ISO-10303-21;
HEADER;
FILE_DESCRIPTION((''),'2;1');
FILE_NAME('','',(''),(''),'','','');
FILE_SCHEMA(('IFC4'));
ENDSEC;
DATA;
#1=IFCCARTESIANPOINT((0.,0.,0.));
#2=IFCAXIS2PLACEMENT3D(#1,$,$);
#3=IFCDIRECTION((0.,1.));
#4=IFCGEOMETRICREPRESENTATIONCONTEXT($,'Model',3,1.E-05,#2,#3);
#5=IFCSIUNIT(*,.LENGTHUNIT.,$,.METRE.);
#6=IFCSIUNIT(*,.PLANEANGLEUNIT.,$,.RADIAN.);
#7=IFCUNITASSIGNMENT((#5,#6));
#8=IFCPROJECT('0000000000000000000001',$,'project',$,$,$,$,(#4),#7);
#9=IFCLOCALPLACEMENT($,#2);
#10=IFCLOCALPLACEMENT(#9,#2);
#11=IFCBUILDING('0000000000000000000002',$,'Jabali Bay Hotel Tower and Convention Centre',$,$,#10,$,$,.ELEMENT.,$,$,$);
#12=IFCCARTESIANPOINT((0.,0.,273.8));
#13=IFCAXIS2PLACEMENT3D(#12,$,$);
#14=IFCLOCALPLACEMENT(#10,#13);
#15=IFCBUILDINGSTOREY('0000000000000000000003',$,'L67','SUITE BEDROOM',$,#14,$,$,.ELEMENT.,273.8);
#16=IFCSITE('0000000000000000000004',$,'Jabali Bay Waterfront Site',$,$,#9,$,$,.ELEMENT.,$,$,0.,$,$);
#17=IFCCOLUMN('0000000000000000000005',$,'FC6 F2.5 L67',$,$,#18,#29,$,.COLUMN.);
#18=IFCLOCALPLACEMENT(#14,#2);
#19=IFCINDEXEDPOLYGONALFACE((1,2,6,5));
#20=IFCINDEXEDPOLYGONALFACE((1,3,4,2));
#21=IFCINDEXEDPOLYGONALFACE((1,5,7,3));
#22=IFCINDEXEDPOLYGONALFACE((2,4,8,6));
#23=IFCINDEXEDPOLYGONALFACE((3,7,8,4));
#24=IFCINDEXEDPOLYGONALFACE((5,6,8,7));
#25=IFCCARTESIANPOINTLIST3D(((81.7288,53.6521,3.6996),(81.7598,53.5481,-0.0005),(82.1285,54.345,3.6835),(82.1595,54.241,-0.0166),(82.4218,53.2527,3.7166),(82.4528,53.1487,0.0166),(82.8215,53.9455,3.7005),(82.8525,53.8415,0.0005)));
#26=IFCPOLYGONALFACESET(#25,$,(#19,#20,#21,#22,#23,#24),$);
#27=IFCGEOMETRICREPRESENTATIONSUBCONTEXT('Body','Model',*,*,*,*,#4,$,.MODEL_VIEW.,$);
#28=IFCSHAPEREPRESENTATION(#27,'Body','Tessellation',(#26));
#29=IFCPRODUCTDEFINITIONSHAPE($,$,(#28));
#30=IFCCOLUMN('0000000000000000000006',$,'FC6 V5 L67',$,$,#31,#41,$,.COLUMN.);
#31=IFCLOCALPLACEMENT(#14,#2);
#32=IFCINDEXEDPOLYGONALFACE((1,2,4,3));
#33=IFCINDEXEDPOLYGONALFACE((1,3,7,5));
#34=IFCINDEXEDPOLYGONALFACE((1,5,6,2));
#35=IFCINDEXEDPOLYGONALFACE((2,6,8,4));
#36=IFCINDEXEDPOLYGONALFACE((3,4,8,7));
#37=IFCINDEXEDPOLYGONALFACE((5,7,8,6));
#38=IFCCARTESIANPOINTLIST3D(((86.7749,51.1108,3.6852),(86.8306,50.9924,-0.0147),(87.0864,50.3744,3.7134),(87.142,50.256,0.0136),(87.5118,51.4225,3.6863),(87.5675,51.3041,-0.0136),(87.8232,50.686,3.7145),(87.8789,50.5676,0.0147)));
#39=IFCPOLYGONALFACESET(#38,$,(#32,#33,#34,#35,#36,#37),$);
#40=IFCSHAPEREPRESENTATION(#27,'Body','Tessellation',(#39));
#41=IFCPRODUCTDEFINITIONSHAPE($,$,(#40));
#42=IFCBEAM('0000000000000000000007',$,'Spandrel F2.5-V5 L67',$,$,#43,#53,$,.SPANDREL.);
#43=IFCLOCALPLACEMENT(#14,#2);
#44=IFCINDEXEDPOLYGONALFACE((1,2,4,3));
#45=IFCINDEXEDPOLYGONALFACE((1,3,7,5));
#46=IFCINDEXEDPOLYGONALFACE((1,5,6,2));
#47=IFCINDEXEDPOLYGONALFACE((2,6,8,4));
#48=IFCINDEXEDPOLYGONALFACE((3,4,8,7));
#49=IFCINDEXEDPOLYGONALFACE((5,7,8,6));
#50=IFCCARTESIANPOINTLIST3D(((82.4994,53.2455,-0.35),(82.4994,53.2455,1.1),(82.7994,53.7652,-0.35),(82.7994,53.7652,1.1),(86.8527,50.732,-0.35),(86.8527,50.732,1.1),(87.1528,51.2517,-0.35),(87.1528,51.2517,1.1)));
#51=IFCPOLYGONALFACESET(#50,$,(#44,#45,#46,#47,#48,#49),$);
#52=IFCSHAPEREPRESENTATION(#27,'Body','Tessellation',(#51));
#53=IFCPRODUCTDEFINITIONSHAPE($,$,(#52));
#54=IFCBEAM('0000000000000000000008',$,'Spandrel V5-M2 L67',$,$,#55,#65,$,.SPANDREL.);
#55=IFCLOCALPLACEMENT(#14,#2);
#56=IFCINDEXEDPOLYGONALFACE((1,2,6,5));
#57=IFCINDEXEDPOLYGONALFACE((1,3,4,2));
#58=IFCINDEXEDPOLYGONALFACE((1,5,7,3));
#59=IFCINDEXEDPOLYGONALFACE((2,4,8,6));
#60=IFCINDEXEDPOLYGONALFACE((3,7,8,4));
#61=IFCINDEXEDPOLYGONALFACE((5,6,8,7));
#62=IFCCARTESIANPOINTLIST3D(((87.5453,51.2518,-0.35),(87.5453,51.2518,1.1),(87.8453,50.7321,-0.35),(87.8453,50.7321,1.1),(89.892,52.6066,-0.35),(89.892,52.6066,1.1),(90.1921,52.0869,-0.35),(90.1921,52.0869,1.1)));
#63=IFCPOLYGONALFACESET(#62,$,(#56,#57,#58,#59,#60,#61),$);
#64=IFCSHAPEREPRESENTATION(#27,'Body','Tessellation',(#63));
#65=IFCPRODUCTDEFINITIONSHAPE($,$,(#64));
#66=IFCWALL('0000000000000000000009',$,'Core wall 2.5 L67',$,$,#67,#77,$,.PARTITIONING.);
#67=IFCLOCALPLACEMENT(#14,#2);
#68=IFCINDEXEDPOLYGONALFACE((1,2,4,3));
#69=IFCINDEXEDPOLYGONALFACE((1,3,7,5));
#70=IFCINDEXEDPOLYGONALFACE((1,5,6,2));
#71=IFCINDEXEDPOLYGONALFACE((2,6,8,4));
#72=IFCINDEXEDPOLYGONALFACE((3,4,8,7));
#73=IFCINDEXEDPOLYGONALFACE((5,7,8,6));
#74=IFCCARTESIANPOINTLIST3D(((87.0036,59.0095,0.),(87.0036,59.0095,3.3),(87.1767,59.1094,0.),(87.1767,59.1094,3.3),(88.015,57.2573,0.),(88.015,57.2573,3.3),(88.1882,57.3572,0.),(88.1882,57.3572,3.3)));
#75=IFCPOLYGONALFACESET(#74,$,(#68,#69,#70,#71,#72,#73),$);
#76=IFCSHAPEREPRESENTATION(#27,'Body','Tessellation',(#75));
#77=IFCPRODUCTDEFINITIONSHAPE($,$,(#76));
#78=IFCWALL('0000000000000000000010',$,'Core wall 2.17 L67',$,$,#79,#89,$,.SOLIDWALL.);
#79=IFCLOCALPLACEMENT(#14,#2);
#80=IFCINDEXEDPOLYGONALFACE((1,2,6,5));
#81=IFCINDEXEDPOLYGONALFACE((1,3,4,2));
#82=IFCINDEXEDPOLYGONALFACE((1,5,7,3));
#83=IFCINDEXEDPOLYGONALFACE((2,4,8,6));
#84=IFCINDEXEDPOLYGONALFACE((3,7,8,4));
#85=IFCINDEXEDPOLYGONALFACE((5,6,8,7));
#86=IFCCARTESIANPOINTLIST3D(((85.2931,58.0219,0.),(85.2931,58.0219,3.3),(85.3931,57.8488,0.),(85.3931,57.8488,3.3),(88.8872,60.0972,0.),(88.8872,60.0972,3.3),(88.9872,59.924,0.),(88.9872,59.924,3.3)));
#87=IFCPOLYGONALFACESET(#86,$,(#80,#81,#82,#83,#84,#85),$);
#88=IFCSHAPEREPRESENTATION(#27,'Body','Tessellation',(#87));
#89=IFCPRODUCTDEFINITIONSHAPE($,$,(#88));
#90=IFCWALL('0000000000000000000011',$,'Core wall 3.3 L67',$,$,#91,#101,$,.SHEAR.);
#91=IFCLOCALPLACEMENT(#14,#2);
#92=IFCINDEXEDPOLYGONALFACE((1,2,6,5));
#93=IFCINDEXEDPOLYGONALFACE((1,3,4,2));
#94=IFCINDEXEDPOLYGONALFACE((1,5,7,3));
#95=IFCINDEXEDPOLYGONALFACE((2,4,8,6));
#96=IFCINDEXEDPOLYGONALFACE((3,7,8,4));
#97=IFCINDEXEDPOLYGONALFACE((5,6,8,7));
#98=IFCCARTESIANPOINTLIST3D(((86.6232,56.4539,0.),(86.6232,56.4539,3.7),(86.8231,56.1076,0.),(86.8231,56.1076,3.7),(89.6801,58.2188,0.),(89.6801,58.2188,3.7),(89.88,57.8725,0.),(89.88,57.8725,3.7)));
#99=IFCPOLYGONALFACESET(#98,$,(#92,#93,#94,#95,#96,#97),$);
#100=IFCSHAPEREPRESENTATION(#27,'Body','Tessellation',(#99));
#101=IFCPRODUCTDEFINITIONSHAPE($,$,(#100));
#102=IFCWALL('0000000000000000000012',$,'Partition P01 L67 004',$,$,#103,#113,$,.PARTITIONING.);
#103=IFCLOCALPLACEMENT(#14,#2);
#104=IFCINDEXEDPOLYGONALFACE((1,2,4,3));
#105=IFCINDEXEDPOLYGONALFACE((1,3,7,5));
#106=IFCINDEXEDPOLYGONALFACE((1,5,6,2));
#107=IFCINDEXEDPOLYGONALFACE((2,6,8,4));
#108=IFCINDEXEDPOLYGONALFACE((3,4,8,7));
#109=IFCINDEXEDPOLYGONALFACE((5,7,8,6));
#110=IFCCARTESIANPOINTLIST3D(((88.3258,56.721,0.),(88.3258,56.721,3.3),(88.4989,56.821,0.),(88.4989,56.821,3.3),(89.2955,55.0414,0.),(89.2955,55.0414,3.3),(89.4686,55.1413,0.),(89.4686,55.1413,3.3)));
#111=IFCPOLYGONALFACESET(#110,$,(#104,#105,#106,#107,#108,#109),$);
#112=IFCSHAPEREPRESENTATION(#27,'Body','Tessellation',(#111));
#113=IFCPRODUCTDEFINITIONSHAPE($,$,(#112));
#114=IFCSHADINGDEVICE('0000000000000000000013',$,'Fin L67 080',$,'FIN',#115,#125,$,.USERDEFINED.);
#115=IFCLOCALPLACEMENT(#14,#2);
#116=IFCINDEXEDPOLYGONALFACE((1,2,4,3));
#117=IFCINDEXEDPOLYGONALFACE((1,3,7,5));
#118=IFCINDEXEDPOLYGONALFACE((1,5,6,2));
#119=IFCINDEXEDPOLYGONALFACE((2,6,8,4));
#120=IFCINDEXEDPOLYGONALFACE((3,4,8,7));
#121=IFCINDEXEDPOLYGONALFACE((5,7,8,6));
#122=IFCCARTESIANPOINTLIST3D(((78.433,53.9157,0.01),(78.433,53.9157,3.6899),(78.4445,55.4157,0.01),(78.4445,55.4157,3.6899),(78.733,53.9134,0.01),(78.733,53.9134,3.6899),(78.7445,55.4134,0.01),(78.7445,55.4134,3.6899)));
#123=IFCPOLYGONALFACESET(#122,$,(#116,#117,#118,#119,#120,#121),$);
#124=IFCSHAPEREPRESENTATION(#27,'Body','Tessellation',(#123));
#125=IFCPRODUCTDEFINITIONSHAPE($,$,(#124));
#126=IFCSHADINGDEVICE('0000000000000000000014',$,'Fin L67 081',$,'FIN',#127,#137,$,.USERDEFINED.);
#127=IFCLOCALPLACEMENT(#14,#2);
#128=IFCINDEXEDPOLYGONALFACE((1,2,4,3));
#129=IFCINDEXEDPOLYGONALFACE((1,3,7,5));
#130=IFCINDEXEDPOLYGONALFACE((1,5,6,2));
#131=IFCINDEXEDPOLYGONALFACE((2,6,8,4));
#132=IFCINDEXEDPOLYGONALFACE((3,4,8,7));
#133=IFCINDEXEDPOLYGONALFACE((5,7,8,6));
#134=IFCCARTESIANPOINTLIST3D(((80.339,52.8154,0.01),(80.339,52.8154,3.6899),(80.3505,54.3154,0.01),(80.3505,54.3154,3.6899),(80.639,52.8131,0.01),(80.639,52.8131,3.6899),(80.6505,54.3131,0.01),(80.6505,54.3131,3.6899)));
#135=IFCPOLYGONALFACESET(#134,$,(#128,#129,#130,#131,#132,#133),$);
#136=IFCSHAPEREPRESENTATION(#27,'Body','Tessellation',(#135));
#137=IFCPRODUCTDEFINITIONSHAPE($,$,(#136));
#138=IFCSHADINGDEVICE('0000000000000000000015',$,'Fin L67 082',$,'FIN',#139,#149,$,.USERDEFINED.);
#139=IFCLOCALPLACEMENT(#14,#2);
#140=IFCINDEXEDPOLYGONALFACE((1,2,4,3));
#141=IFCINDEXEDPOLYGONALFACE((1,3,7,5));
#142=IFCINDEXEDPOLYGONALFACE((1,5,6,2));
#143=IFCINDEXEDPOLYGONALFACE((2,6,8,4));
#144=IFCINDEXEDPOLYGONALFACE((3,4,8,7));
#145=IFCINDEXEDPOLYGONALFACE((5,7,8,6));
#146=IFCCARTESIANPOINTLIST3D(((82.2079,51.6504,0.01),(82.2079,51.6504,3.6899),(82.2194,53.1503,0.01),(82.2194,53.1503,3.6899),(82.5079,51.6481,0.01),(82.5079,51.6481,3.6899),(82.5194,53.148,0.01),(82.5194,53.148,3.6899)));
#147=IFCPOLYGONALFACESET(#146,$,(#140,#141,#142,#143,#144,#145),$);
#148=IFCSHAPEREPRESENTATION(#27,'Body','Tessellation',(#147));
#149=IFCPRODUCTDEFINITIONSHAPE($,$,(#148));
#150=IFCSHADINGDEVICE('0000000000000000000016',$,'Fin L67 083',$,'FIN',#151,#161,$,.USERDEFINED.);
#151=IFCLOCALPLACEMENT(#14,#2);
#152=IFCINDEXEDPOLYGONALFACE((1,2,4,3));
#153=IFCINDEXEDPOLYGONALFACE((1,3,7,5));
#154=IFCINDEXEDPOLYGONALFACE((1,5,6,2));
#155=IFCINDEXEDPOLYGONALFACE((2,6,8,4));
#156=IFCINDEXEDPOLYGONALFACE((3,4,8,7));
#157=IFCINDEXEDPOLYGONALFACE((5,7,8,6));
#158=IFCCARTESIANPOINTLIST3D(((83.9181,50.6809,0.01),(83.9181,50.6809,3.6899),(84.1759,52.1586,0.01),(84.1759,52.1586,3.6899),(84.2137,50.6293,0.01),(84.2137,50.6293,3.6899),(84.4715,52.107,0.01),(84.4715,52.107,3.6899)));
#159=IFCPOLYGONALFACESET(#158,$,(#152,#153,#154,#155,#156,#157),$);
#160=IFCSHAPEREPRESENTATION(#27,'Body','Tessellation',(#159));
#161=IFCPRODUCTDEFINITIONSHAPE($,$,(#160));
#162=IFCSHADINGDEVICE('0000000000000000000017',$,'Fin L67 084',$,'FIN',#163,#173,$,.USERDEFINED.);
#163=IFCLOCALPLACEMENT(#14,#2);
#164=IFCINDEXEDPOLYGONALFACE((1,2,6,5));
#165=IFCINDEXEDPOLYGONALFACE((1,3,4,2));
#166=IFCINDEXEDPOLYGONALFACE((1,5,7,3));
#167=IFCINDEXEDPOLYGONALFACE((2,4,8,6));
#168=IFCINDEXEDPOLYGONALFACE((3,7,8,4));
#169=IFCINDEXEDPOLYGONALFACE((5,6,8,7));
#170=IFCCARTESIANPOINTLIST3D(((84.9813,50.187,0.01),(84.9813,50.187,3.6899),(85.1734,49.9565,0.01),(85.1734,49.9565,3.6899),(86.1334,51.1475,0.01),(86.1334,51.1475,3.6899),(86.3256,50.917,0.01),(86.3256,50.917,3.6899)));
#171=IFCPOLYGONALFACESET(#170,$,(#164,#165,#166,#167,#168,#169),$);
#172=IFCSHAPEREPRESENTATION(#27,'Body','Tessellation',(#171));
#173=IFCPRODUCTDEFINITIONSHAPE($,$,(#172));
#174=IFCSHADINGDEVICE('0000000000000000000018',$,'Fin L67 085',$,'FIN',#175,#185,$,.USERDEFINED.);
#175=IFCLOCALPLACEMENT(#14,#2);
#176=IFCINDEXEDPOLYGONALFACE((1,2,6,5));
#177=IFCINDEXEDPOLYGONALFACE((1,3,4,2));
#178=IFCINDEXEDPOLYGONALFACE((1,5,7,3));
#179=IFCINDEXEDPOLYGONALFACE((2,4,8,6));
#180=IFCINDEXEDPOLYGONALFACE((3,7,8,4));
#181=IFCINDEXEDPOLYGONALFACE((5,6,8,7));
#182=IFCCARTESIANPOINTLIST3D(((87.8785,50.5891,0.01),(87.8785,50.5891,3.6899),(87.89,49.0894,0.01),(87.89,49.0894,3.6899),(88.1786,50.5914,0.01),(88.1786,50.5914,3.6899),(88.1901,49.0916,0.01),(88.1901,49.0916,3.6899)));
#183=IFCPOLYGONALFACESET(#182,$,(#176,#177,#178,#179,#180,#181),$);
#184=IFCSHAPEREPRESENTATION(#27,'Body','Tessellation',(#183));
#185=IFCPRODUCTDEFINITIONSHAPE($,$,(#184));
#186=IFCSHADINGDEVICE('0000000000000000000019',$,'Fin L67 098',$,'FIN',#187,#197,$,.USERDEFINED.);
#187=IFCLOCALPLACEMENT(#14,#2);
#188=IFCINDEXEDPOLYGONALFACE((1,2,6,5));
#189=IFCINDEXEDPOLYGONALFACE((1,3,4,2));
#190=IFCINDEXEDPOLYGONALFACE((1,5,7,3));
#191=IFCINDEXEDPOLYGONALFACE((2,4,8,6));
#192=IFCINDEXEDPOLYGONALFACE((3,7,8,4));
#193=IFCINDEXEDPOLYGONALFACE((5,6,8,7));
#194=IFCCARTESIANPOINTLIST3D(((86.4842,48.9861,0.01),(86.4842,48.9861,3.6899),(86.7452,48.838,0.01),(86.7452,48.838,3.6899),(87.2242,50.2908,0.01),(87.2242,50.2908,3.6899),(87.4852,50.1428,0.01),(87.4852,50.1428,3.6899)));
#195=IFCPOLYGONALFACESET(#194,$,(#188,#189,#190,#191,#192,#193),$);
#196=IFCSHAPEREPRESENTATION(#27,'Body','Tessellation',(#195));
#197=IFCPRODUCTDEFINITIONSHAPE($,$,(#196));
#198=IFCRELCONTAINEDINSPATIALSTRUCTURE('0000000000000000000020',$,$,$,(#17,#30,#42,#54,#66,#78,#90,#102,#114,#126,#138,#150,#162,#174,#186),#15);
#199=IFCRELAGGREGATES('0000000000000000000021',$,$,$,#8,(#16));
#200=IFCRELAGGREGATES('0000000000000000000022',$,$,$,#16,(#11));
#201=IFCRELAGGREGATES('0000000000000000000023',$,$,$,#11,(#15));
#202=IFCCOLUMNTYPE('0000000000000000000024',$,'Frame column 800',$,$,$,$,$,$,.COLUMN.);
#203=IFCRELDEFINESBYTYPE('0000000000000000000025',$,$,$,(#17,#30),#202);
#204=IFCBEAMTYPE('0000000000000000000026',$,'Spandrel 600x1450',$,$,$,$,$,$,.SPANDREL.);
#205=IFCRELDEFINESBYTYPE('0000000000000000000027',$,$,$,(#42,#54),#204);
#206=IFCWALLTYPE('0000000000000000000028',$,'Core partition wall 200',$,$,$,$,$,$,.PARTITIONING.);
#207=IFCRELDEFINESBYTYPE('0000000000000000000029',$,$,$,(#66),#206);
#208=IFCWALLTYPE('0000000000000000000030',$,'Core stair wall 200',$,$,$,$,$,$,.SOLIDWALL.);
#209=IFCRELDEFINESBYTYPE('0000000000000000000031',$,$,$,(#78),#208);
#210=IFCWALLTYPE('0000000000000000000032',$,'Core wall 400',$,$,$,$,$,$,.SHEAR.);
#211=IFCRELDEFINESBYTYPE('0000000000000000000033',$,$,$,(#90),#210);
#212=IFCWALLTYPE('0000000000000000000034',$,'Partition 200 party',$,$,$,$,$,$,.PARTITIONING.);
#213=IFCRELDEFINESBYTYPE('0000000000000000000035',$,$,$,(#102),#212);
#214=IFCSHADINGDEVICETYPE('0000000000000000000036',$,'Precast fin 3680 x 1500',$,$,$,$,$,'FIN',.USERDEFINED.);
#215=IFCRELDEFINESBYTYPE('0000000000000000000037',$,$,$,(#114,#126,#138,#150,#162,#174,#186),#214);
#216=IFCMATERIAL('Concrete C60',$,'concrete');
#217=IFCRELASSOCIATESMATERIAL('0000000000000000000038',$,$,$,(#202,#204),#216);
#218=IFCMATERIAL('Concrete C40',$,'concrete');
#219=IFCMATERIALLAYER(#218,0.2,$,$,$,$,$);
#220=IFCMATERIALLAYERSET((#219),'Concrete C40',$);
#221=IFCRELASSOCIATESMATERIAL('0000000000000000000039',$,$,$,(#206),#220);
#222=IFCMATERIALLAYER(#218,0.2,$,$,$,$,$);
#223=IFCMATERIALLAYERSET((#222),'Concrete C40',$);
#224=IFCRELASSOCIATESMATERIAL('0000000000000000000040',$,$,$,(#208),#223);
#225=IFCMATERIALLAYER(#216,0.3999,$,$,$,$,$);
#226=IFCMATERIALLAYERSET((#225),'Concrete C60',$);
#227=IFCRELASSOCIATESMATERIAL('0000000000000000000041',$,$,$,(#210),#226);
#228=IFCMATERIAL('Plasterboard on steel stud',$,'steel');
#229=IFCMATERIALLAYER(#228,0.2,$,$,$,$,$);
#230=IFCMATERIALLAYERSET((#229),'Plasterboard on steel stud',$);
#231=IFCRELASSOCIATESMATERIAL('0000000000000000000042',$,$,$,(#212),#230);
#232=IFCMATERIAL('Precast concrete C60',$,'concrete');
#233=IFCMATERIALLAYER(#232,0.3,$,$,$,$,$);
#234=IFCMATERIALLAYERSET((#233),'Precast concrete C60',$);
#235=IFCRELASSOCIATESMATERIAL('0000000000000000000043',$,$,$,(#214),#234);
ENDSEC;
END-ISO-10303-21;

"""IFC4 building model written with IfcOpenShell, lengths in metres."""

from ifc_helpers import new_model, si_unit, direction, frame, frame_2d, origin, origin_2d, place, context, subcontext, project, spatial, rectangle, extrude, material, layer, layer_set, material_profile, profile_set, type_object, element, save


model = new_model("IFC4")

# Units and contexts
model_context = context("Model", 3, precision=1e-05, world=origin(), true_north=direction((0.0, 1.0)))
body_context = subcontext(model_context, "Body", "Model", "MODEL_VIEW")
ifc_project = project(units=[si_unit("LENGTHUNIT", "METRE"), si_unit("PLANEANGLEUNIT", "RADIAN")], contexts=[model_context])

# Site, building, storey
site_placement = place(None, origin())
site = spatial("IfcSite", under=ifc_project, at=site_placement, Name="Jabali Bay Waterfront Site", CompositionType="ELEMENT", RefElevation=0.0)
building_placement = place(site_placement, origin())
building = spatial("IfcBuilding", under=site, at=building_placement, Name="Jabali Bay Hotel Tower and Convention Centre", CompositionType="ELEMENT")
storey_placement = place(building_placement, frame((0.0, 0.0, 273.8)))
storey = spatial("IfcBuildingStorey", under=building, at=storey_placement, Name="L67", Description="SUITE BEDROOM", CompositionType="ELEMENT", Elevation=273.8)

# Columns
ifc_material_1 = material(Name="Concrete C60", Category="concrete")
ifc_material_profile_1 = material_profile(ifc_material_1, rectangle(XDim=0.8, YDim=0.8, at=origin_2d()), Name="Frame column 800")
ifc_profile_set_1 = profile_set([ifc_material_profile_1], Name="Concrete C60")
column_type = type_object("IfcColumnType", Name="Frame column 800", PredefinedType="COLUMN", material=ifc_profile_set_1)
column_1_placement = place(storey_placement, frame((82.3062, 53.6948, 0.0), z_axis=(-0.008376, 0.028097, 0.99957), x_axis=(-0.499676, -0.865978, 0.020155)))
element("IfcColumn", 1, at=column_1_placement, inside=storey, type_object=column_type, Name="FC6 F2.5 L67", PredefinedType="COLUMN", context=body_context, shape_type="SweptSolid", body=[
    extrude(rectangle(XDim=0.8, YDim=0.8, at=origin_2d()), origin(), (0.0, 0.0, 1.0), 3.7017),
])
column_2_placement = place(storey_placement, frame((87.3547, 50.78, 0.0), z_axis=(-0.015035, 0.031983, 0.999375), x_axis=(0.389239, -0.92046, 0.035313)))
element("IfcColumn", 2, at=column_2_placement, inside=storey, type_object=column_type, Name="FC6 V5 L67", PredefinedType="COLUMN", context=body_context, shape_type="SweptSolid", body=[
    extrude(rectangle(XDim=0.8, YDim=0.8, at=origin_2d()), origin(), (0.0, 0.0, 1.0), 3.7021),
])

# Beams
ifc_material_profile_2 = material_profile(ifc_material_1, rectangle(XDim=0.6001, YDim=1.45, at=origin_2d()), Name="Spandrel 600x1450")
ifc_profile_set_2 = profile_set([ifc_material_profile_2], Name="Concrete C60")
beam_type = type_object("IfcBeamType", Name="Spandrel 600x1450", PredefinedType="SPANDREL", material=ifc_profile_set_2)
beam_1_placement = place(storey_placement, frame((82.6494, 53.5054, 0.375), z_axis=(0.86602, -0.50001, 0.0), x_axis=(0.50001, 0.86602, 0.0)))
element("IfcBeam", 3, at=beam_1_placement, inside=storey, type_object=beam_type, Name="Spandrel F2.5-V5 L67", PredefinedType="SPANDREL", context=body_context, shape_type="SweptSolid", body=[
    extrude(rectangle(XDim=0.6001, YDim=1.45, at=origin_2d()), origin(), (0.0, 0.0, 1.0), 5.0269),
])
beam_2_placement = place(storey_placement, frame((87.6953, 50.9919, 0.375), z_axis=(0.866045, 0.499967, 0.0), x_axis=(-0.499967, 0.866045, 0.0)))
element("IfcBeam", 4, at=beam_2_placement, inside=storey, type_object=beam_type, Name="Spandrel V5-M2 L67", PredefinedType="SPANDREL", context=body_context, shape_type="SweptSolid", body=[
    extrude(rectangle(XDim=0.6001, YDim=1.45, at=origin_2d()), origin(), (0.0, 0.0, 1.0), 2.7097),
])

# Walls
ifc_material_2 = material(Name="Concrete C40", Category="concrete")
ifc_layer_1 = layer(ifc_material_2, 0.2)
ifc_layer_set_1 = layer_set([ifc_layer_1], Name="Concrete C40")
wall_type_1 = type_object("IfcWallType", Name="Core partition wall 200", PredefinedType="PARTITIONING", material=ifc_layer_set_1)
wall_1_placement = place(storey_placement, frame((87.0901, 59.0596, 0.0), z_axis=(0.0, 0.0, 1.0), x_axis=(0.499942, -0.866059, 0.0)))
element("IfcWall", 5, at=wall_1_placement, inside=storey, type_object=wall_type_1, Name="Core wall 2.5 L67", PredefinedType="PARTITIONING", context=body_context, shape_type="SweptSolid", body=[
    extrude(rectangle(XDim=2.0232, YDim=0.2, at=frame_2d((1.0117, 0.0))), origin(), (0.0, 0.0, 1.0), 3.3),
])
ifc_layer_2 = layer(ifc_material_2, 0.2)
ifc_layer_set_2 = layer_set([ifc_layer_2], Name="Concrete C40")
wall_type_2 = type_object("IfcWallType", Name="Core stair wall 200", PredefinedType="SOLIDWALL", material=ifc_layer_set_2)
wall_2_placement = place(storey_placement, frame((85.343, 57.9353, 0.0), z_axis=(0.0, 0.0, 1.0), x_axis=(0.866004, 0.500036, 0.0)))
element("IfcWall", 6, at=wall_2_placement, inside=storey, type_object=wall_type_2, Name="Core wall 2.17 L67", PredefinedType="SOLIDWALL", context=body_context, shape_type="SweptSolid", body=[
    extrude(rectangle(XDim=4.1501, YDim=0.2, at=frame_2d((2.0752, 0.0))), origin(), (0.0, 0.0, 1.0), 3.3),
])
ifc_layer_3 = layer(ifc_material_1, 0.3999)
ifc_layer_set_3 = layer_set([ifc_layer_3], Name="Concrete C60")
wall_type_3 = type_object("IfcWallType", Name="Core wall 400", PredefinedType="SHEAR", material=ifc_layer_set_3)
wall_3_placement = place(storey_placement, frame((86.7231, 56.2808, 0.0), z_axis=(0.0, 0.0, 1.0), x_axis=(0.866025, 0.5, 0.0)))
element("IfcWall", 7, at=wall_3_placement, inside=storey, type_object=wall_type_3, Name="Core wall 3.3 L67", PredefinedType="SHEAR", context=body_context, shape_type="SweptSolid", body=[
    extrude(rectangle(XDim=3.5298, YDim=0.3999, at=frame_2d((1.7649, 0.0))), origin(), (0.0, 0.0, 1.0), 3.7),
])

# Wall
ifc_material_3 = material(Name="Plasterboard on steel stud", Category="steel")
ifc_layer_4 = layer(ifc_material_3, 0.2)
ifc_layer_set_4 = layer_set([ifc_layer_4], Name="Plasterboard on steel stud")
wall_type_4 = type_object("IfcWallType", Name="Partition 200 party", PredefinedType="PARTITIONING", material=ifc_layer_set_4)
wall_4_placement = place(storey_placement, frame((88.4124, 56.771, 0.0), z_axis=(0.0, 0.0, 1.0), x_axis=(0.499984, -0.866035, 0.0)))
element("IfcWall", 8, at=wall_4_placement, inside=storey, type_object=wall_type_4, Name="Partition P01 L67 004", PredefinedType="PARTITIONING", context=body_context, shape_type="SweptSolid", body=[
    extrude(rectangle(XDim=1.9395, YDim=0.2, at=frame_2d((0.9697, 0.0))), origin(), (0.0, 0.0, 1.0), 3.3),
])

# Shading devices
ifc_material_4 = material(Name="Precast concrete C60", Category="concrete")
ifc_layer_5 = layer(ifc_material_4, 0.3)
ifc_layer_set_5 = layer_set([ifc_layer_5], Name="Precast concrete C60")
shading_device_type = type_object("IfcShadingDeviceType", Name="Precast fin 3680 x 1500", ElementType="FIN", PredefinedType="USERDEFINED", material=ifc_layer_set_5)
for number, where, z_axis, x_axis, name in (
    (9, (78.5945, 55.4146, 0.01), (0.0, 0.0, 1.0), (-0.00765, -0.999971, 0.0), "Fin L67 080"),
    (10, (80.5005, 54.3142, 0.01), (0.0, 0.0, 1.0), (-0.00765, -0.999971, 0.0), "Fin L67 081"),
    (11, (82.3694, 53.1492, 0.01), (0.0, 0.0, 1.0), (-0.00765, -0.999971, 0.0), "Fin L67 082"),
    (12, (84.3237, 52.1328, 0.01), (0.0, 0.0, 1.0), (-0.171863, -0.985121, 0.0), "Fin L67 083"),
    (13, (86.2295, 51.0322, 0.01), (0.0, 0.0, 1.0), (-0.768101, -0.640328, 0.0), "Fin L67 084"),
):
    element("IfcShadingDevice", number, at=place(storey_placement, frame(where, z_axis=z_axis, x_axis=x_axis)), inside=storey, type_object=shading_device_type, Name=name, ObjectType="FIN", PredefinedType="USERDEFINED", context=body_context, shape_type="SweptSolid", body=[
        extrude(rectangle(XDim=1.5, YDim=0.3, at=frame_2d((0.75, 0.0))), origin(), (0.0, 0.0, 1.0), 3.6799),
    ])
shading_device_1_placement = place(storey_placement, frame((88.0286, 50.5903, 0.01), z_axis=(0.0, 0.0, 1.0), x_axis=(0.007651, -0.999971, 0.0)))
element("IfcShadingDevice", 14, at=shading_device_1_placement, inside=storey, type_object=shading_device_type, Name="Fin L67 085", ObjectType="FIN", PredefinedType="USERDEFINED", context=body_context, shape_type="SweptSolid", body=[
    extrude(rectangle(XDim=1.4998, YDim=0.3, at=frame_2d((0.75, 0.0))), origin(), (0.0, 0.0, 1.0), 3.6799),
])
shading_device_2_placement = place(storey_placement, frame((87.3547, 50.2168, 0.01), z_axis=(0.0, 0.0, 1.0), x_axis=(-0.493349, -0.869831, 0.0)))
element("IfcShadingDevice", 15, at=shading_device_2_placement, inside=storey, type_object=shading_device_type, Name="Fin L67 098", ObjectType="FIN", PredefinedType="USERDEFINED", context=body_context, shape_type="SweptSolid", body=[
    extrude(rectangle(XDim=1.5, YDim=0.3, at=frame_2d((0.75, 0.0))), origin(), (0.0, 0.0, 1.0), 3.6799),
])

save(model, "model.ifc")
